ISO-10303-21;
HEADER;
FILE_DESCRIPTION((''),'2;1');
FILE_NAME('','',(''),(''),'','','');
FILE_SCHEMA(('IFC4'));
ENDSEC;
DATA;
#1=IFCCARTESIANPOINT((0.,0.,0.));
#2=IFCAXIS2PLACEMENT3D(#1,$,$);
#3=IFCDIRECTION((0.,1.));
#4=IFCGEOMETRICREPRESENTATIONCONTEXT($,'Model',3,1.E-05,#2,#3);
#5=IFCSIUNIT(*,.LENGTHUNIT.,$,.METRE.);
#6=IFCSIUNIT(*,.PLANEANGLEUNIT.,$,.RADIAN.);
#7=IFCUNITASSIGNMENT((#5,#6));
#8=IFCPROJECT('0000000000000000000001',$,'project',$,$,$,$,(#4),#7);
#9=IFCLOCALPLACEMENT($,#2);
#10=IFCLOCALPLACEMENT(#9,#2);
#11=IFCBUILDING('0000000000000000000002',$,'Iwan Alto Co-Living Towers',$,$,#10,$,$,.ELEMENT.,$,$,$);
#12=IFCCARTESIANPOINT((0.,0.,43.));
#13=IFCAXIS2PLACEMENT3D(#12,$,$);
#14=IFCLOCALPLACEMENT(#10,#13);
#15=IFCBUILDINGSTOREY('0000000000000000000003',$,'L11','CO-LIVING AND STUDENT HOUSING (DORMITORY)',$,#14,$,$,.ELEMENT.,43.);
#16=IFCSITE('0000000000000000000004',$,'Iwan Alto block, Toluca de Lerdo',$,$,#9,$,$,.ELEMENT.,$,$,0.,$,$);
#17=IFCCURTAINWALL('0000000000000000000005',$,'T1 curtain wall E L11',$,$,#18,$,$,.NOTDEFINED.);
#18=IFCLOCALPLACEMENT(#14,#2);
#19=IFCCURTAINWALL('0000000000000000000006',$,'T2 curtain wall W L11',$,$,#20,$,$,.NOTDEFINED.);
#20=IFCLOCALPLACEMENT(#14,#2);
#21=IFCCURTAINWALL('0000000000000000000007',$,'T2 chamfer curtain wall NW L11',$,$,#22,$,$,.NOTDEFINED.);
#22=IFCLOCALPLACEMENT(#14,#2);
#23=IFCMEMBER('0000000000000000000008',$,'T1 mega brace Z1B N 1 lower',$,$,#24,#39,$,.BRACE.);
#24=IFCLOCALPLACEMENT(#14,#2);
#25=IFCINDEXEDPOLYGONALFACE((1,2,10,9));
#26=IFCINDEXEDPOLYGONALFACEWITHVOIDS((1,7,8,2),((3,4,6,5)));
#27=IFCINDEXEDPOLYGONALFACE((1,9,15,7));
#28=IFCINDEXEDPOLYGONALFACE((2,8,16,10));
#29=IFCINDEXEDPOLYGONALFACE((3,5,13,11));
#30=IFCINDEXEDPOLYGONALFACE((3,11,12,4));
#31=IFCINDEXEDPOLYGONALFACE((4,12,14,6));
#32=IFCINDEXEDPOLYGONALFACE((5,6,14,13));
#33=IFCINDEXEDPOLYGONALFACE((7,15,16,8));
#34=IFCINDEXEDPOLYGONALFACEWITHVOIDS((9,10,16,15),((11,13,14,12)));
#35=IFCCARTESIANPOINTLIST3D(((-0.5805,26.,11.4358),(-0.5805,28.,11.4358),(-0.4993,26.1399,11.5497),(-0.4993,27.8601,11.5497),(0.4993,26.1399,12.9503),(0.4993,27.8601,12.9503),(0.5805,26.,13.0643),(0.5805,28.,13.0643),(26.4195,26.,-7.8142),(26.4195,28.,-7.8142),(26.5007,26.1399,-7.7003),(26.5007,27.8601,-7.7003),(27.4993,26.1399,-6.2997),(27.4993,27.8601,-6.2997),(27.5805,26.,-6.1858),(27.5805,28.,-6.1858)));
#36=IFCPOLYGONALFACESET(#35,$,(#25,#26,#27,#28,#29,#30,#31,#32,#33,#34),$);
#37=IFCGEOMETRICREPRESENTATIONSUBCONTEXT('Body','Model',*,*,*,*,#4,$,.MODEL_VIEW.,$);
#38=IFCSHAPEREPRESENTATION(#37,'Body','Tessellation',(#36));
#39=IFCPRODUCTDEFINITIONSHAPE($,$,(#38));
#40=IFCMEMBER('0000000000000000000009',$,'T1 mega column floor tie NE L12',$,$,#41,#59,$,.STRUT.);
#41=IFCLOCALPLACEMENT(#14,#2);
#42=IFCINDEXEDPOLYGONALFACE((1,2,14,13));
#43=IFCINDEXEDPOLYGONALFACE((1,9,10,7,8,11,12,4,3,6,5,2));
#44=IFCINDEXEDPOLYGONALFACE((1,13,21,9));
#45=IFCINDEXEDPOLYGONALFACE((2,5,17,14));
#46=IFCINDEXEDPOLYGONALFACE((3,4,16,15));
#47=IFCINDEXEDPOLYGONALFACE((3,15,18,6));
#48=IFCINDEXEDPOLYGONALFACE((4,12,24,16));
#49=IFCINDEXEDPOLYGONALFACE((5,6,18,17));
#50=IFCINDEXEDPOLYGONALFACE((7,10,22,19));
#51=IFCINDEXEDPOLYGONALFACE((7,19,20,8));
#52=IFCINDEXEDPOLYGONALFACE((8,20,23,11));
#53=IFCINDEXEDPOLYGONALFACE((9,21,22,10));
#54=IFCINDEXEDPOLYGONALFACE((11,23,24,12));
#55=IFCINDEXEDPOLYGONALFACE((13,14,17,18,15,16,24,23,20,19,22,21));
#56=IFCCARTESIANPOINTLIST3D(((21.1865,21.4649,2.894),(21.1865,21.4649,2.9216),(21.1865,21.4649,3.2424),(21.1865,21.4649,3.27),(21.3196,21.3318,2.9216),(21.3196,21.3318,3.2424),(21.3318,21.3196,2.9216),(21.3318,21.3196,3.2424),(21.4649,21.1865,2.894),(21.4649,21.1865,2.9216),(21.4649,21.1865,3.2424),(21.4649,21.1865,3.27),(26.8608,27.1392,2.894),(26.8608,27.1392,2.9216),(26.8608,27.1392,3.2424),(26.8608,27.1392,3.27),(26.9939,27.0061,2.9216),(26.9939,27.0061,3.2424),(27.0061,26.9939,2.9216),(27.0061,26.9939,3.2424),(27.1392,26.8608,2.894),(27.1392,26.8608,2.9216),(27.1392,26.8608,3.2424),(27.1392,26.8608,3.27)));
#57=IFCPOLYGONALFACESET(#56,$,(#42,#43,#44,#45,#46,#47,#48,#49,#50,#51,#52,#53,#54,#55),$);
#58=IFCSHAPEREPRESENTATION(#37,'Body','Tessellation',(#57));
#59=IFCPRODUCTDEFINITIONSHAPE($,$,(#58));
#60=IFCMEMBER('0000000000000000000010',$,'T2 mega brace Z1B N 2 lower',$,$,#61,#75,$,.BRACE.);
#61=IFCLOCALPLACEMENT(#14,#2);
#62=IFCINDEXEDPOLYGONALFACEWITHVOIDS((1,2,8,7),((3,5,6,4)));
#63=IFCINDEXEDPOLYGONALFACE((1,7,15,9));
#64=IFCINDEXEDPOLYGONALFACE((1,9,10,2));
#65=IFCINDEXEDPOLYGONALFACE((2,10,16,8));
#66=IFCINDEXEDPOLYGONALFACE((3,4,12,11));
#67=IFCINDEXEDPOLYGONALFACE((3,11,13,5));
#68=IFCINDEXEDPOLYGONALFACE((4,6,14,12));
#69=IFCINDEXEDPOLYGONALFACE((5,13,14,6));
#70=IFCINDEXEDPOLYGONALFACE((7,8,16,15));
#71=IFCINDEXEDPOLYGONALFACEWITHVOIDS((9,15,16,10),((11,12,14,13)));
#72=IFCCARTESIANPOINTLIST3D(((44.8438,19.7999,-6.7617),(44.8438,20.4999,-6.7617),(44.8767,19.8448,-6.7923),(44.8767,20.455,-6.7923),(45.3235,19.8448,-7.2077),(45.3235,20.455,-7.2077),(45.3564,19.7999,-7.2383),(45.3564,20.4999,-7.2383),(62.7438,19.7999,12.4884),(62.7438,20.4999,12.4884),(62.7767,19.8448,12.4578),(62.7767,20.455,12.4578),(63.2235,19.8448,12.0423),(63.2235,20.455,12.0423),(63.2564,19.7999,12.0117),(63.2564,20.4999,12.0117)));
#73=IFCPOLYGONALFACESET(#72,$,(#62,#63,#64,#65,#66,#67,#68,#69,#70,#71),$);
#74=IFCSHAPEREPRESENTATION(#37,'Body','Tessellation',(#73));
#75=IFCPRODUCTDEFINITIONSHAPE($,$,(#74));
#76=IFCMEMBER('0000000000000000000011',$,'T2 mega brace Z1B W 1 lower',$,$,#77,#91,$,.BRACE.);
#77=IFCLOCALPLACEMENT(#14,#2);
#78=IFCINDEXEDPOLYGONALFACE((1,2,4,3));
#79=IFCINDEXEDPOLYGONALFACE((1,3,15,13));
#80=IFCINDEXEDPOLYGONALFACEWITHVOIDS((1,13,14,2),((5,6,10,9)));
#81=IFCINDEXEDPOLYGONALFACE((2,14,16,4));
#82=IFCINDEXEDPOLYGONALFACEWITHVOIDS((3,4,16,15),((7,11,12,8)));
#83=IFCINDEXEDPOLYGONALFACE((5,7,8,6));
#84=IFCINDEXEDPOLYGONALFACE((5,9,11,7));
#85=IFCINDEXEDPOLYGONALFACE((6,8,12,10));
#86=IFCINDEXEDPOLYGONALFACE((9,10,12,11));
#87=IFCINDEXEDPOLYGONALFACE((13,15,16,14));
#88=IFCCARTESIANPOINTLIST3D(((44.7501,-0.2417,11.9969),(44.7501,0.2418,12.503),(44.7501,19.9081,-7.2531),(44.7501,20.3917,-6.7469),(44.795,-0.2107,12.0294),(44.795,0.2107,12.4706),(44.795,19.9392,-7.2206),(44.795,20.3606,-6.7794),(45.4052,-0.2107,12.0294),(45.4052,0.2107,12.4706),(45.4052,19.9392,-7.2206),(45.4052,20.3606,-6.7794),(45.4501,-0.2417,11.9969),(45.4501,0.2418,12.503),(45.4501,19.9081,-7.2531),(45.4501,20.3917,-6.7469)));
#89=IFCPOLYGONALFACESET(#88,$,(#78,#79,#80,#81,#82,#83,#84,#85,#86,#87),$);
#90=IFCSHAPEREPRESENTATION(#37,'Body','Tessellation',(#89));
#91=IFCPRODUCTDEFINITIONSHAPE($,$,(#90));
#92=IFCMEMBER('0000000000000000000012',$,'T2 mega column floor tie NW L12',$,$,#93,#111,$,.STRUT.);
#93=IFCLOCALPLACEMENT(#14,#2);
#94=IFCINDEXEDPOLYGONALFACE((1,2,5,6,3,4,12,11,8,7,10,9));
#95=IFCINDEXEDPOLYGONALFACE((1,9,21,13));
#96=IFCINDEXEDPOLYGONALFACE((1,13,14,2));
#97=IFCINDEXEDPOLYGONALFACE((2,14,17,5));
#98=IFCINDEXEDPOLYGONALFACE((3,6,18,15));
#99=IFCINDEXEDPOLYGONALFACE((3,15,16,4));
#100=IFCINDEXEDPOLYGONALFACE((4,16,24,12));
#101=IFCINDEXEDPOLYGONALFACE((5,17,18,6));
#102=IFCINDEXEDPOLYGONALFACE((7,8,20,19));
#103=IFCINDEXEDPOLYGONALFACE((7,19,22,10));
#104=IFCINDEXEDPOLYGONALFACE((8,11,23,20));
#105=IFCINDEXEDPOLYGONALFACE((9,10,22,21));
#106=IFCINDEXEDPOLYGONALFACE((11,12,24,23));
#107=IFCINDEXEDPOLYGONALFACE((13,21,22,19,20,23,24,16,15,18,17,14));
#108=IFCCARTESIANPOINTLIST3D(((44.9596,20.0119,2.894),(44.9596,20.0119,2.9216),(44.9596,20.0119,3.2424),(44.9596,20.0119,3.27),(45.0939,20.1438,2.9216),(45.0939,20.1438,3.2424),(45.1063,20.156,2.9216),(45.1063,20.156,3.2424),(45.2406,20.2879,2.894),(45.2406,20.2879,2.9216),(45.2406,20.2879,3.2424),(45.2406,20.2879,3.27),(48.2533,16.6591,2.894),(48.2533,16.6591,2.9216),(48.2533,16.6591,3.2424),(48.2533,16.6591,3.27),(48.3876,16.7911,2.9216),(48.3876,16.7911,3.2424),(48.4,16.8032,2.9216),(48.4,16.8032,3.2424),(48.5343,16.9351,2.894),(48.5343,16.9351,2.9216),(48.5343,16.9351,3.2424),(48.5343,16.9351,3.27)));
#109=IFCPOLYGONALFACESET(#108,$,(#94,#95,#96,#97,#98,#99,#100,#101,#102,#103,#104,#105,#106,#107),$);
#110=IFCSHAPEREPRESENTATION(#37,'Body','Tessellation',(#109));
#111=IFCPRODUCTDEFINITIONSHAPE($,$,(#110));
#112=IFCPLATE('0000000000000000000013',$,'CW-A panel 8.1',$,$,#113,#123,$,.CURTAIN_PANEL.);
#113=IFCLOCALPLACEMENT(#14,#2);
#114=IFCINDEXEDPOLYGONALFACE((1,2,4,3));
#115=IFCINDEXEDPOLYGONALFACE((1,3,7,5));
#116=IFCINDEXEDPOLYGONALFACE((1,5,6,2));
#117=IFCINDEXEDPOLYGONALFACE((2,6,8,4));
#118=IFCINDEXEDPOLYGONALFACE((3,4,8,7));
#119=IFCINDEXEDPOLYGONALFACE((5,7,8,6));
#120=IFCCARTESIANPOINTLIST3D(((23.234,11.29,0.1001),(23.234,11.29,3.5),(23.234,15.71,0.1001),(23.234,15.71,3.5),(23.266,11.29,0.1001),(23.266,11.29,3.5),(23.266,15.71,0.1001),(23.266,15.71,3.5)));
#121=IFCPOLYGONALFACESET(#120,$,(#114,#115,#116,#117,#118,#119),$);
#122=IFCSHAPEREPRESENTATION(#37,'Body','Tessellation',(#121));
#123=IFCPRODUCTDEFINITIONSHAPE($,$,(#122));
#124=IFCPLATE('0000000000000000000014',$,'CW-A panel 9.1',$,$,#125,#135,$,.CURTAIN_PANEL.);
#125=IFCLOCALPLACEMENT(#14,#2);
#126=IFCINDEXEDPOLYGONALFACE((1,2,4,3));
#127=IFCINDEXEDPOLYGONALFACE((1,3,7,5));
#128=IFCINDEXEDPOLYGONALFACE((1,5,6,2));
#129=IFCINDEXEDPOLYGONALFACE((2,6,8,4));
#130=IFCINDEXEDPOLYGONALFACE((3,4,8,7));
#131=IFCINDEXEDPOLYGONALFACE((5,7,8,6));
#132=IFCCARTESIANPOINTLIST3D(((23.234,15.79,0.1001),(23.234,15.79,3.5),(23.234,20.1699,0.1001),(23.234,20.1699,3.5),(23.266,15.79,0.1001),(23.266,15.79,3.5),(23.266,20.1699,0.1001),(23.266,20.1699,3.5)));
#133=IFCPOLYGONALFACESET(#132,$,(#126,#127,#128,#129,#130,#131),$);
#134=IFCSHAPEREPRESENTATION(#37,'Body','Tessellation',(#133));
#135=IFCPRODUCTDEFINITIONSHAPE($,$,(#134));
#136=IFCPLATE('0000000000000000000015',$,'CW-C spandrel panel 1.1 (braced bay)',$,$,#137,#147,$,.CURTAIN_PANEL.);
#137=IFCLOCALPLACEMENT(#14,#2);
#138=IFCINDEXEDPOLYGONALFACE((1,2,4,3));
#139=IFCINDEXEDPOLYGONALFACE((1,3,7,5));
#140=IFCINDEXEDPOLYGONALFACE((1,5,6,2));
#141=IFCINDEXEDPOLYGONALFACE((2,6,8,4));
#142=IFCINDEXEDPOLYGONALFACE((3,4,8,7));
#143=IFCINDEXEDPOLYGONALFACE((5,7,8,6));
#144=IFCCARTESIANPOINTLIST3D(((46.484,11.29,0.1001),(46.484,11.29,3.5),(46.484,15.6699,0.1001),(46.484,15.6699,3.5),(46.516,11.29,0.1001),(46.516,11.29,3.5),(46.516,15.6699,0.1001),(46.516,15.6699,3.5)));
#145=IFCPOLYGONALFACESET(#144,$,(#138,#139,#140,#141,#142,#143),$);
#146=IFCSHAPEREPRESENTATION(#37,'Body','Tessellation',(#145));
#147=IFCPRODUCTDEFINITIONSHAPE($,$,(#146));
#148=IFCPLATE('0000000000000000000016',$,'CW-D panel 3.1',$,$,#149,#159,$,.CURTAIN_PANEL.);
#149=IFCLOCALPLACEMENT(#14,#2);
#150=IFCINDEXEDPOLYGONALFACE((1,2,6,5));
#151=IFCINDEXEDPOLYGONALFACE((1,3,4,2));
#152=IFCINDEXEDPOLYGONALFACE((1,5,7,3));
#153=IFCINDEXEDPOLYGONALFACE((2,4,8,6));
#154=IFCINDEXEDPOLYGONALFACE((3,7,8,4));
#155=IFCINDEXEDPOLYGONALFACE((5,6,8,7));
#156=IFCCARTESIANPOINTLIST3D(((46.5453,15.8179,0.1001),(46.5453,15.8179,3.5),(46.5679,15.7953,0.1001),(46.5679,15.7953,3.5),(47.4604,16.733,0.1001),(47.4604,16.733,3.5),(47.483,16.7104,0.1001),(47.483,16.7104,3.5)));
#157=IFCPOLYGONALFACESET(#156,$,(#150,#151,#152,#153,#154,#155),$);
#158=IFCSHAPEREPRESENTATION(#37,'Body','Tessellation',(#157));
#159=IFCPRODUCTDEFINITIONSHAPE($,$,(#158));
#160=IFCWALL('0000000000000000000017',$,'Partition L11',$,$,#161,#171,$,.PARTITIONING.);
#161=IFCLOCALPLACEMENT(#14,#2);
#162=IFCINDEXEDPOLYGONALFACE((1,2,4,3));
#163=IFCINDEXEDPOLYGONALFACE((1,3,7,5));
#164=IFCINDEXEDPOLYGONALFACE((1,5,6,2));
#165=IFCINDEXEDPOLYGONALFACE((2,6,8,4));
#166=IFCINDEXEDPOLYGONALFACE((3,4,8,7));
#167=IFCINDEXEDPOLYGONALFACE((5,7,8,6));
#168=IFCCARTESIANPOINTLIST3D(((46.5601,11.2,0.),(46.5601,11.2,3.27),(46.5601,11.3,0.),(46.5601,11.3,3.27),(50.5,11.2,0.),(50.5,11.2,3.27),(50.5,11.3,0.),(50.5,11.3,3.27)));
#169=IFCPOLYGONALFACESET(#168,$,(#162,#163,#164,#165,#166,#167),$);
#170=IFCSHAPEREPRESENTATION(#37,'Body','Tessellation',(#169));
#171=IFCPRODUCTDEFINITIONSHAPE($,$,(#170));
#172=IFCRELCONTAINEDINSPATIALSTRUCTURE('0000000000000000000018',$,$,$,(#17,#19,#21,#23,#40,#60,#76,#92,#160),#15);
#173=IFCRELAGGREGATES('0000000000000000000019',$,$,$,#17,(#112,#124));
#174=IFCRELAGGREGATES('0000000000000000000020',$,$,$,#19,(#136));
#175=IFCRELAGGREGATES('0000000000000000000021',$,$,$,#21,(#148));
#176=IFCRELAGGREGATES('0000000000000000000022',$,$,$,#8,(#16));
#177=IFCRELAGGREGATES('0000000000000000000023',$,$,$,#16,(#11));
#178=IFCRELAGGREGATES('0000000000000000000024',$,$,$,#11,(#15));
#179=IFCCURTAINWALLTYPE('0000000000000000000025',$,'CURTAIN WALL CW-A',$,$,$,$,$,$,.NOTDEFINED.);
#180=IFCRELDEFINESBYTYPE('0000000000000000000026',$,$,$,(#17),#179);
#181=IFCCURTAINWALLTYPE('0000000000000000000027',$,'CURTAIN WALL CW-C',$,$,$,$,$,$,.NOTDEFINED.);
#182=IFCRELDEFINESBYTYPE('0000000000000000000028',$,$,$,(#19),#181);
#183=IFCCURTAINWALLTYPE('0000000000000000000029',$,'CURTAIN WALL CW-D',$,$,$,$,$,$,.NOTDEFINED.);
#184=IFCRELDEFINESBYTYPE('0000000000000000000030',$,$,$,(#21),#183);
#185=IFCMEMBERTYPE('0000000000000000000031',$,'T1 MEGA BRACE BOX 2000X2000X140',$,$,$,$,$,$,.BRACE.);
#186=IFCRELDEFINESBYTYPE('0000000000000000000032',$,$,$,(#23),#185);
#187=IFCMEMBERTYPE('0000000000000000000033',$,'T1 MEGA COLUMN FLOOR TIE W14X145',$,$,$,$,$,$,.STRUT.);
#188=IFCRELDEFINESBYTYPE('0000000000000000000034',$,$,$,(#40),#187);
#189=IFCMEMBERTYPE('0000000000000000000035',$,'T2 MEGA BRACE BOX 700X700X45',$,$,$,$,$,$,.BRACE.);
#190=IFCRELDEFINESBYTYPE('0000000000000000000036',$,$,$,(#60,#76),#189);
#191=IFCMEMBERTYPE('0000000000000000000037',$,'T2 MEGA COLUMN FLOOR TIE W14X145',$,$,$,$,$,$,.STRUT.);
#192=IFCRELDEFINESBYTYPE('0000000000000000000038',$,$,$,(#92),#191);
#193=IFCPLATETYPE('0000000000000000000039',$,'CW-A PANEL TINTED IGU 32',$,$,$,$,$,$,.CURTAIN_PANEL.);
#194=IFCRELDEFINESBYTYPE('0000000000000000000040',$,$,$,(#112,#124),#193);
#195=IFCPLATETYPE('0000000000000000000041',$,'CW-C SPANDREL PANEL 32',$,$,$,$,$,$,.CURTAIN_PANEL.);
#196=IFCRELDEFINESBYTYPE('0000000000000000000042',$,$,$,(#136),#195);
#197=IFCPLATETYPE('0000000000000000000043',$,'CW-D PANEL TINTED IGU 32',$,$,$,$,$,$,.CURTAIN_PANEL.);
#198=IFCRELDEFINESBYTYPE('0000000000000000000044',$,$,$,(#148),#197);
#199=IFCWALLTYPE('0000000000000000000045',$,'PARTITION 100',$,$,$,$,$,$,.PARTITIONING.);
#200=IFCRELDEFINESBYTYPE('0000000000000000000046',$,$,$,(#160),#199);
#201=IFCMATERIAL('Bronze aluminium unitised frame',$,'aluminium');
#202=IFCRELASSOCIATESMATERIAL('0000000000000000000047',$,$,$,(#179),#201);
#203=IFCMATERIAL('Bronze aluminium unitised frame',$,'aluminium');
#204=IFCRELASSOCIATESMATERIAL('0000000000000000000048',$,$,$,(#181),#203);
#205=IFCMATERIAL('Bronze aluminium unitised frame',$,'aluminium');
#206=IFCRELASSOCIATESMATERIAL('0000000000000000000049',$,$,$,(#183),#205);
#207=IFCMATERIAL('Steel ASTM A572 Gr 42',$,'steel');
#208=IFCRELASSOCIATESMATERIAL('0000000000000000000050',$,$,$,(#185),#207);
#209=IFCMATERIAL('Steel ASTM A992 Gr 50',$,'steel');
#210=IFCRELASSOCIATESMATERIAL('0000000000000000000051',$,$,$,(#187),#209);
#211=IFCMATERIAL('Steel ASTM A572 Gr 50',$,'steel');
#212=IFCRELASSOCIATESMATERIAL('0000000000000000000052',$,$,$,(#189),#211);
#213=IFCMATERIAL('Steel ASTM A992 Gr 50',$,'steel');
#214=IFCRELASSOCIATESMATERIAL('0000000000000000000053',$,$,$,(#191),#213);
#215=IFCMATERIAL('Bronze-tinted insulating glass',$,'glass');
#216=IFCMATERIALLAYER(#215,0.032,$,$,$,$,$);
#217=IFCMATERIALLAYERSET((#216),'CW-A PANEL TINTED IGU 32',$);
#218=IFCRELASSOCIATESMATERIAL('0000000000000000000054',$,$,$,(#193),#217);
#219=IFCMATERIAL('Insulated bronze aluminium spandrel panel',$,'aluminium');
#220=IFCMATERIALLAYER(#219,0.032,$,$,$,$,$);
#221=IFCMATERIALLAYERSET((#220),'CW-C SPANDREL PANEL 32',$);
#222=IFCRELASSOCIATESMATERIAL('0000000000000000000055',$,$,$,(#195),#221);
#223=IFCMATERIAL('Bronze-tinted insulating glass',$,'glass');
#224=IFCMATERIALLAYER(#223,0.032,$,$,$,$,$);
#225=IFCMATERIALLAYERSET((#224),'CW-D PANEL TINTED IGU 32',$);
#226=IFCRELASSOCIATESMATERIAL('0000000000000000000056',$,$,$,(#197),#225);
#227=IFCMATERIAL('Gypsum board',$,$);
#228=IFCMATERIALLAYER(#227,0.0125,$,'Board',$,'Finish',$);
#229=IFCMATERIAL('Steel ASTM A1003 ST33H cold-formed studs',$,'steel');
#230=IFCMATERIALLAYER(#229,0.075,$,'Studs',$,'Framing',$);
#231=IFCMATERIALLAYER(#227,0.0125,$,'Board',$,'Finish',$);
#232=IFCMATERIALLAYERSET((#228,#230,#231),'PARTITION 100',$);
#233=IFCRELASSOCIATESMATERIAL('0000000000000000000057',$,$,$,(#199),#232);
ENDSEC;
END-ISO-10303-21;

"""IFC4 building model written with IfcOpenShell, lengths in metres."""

from ifc_helpers import new_model, si_unit, direction, frame, frame_2d, origin, origin_2d, place, context, subcontext, project, spatial, rectangle, hollow_rectangle, i_section, extrude, material, layer, layer_set, material_profile, profile_set, type_object, element, aggregate, save


model = new_model("IFC4")

# Units and contexts
model_context = context("Model", 3, precision=1e-05, world=origin(), true_north=direction((0.0, 1.0)))
body_context = subcontext(model_context, "Body", "Model", "MODEL_VIEW")
ifc_project = project(units=[si_unit("LENGTHUNIT", "METRE"), si_unit("PLANEANGLEUNIT", "RADIAN")], contexts=[model_context])

# Site, building, storey
site_placement = place(None, origin())
site = spatial("IfcSite", under=ifc_project, at=site_placement, Name="Iwan Alto block, Toluca de Lerdo", CompositionType="ELEMENT", RefElevation=0.0)
building_placement = place(site_placement, origin())
building = spatial("IfcBuilding", under=site, at=building_placement, Name="Iwan Alto Co-Living Towers", CompositionType="ELEMENT")
storey_placement = place(building_placement, frame((0.0, 0.0, 43.0)))
storey = spatial("IfcBuildingStorey", under=building, at=storey_placement, Name="L11", Description="CO-LIVING AND STUDENT HOUSING (DORMITORY)", CompositionType="ELEMENT", Elevation=43.0)

# Curtain walls
ifc_material_1 = material(Name="Bronze aluminium unitised frame", Category="aluminium")
curtain_wall_type_1 = type_object("IfcCurtainWallType", Name="CURTAIN WALL CW-A", PredefinedType="NOTDEFINED", material=ifc_material_1)
curtain_wall_1_placement = place(storey_placement, origin())
curtain_wall_1 = element("IfcCurtainWall", 1, at=curtain_wall_1_placement, inside=storey, type_object=curtain_wall_type_1, Name="T1 curtain wall E L11", PredefinedType="NOTDEFINED")
ifc_material_2 = material(Name="Bronze aluminium unitised frame", Category="aluminium")
curtain_wall_type_2 = type_object("IfcCurtainWallType", Name="CURTAIN WALL CW-C", PredefinedType="NOTDEFINED", material=ifc_material_2)
curtain_wall_2_placement = place(storey_placement, origin())
curtain_wall_2 = element("IfcCurtainWall", 2, at=curtain_wall_2_placement, inside=storey, type_object=curtain_wall_type_2, Name="T2 curtain wall W L11", PredefinedType="NOTDEFINED")

# Curtain wall
ifc_material_3 = material(Name="Bronze aluminium unitised frame", Category="aluminium")
curtain_wall_type_3 = type_object("IfcCurtainWallType", Name="CURTAIN WALL CW-D", PredefinedType="NOTDEFINED", material=ifc_material_3)
curtain_wall_3_placement = place(storey_placement, origin())
curtain_wall_3 = element("IfcCurtainWall", 3, at=curtain_wall_3_placement, inside=storey, type_object=curtain_wall_type_3, Name="T2 chamfer curtain wall NW L11", PredefinedType="NOTDEFINED")

# Members
ifc_material_4 = material(Name="Steel ASTM A572 Gr 42", Category="steel")
ifc_material_profile_1 = material_profile(ifc_material_4, hollow_rectangle(XDim=2.0, YDim=2.0, WallThickness=0.1399, at=origin_2d()), Name="BOX 2000X2000X140")
ifc_profile_set_1 = profile_set([ifc_material_profile_1], Name="Steel ASTM A572 Gr 42")
member_type_1 = type_object("IfcMemberType", Name="T1 MEGA BRACE BOX 2000X2000X140", PredefinedType="BRACE", material=ifc_profile_set_1)
for number, where, z_axis, x_axis, name in (
    (4, (27.0, 27.0, -7.0), (-0.814243, 0.0, 0.580525), (0.0, -1.0, 0.0), "T1 mega brace Z1B N 1 lower"),
):
    element("IfcMember", number, at=place(storey_placement, frame(where, z_axis=z_axis, x_axis=x_axis)), inside=storey, type_object=member_type_1, Name=name, PredefinedType="BRACE", context=body_context, shape_type="SweptSolid", body=[
        extrude(hollow_rectangle(XDim=2.0, YDim=2.0, WallThickness=0.1399, at=origin_2d()), origin(), (0.0, 0.0, 1.0), 33.1597),
    ])
ifc_material_5 = material(Name="Steel ASTM A992 Gr 50", Category="steel")
ifc_material_profile_2 = material_profile(ifc_material_5, i_section(OverallWidth=0.3938, OverallDepth=0.376, WebThickness=0.0173, FlangeThickness=0.0276, at=origin_2d()), Name="W14X145")
ifc_profile_set_2 = profile_set([ifc_material_profile_2], Name="Steel ASTM A992 Gr 50")
member_type_2 = type_object("IfcMemberType", Name="T1 MEGA COLUMN FLOOR TIE W14X145", PredefinedType="STRUT", material=ifc_profile_set_2)
member_1_placement = place(storey_placement, frame((27.0, 27.0, 3.082), z_axis=(-0.707107, -0.707107, 0.0), x_axis=(0.707107, -0.707107, 0.0)))
element("IfcMember", 5, at=member_1_placement, inside=storey, type_object=member_type_2, Name="T1 mega column floor tie NE L12", PredefinedType="STRUT", context=body_context, shape_type="SweptSolid", body=[
    extrude(i_section(OverallWidth=0.3938, OverallDepth=0.376, WebThickness=0.0173, FlangeThickness=0.0276, at=origin_2d()), origin(), (0.0, 0.0, 1.0), 8.0247),
])
ifc_material_6 = material(Name="Steel ASTM A572 Gr 50", Category="steel")
ifc_material_profile_3 = material_profile(ifc_material_6, hollow_rectangle(XDim=0.7, YDim=0.7, WallThickness=0.0449, at=origin_2d()), Name="BOX 700X700X45")
ifc_profile_set_3 = profile_set([ifc_material_profile_3], Name="Steel ASTM A572 Gr 50")
member_type_3 = type_object("IfcMemberType", Name="T2 MEGA BRACE BOX 700X700X45", PredefinedType="BRACE", material=ifc_profile_set_3)
member_2_placement = place(storey_placement, frame((45.1001, 20.1499, -7.0), z_axis=(0.68096, 0.0, 0.732321), x_axis=(0.0, 1.0, 0.0)))
element("IfcMember", 6, at=member_2_placement, inside=storey, type_object=member_type_3, Name="T2 mega brace Z1B N 2 lower", PredefinedType="BRACE", context=body_context, shape_type="SweptSolid", body=[
    extrude(hollow_rectangle(XDim=0.7, YDim=0.7, WallThickness=0.0449, at=origin_2d()), origin(), (0.0, 0.0, 1.0), 26.2864),
])
member_3_placement = place(storey_placement, frame((45.1001, 20.1499, -7.0), z_axis=(0.0, -0.723069, 0.690776), x_axis=(1.0, 0.0, 0.0)))
element("IfcMember", 7, at=member_3_placement, inside=storey, type_object=member_type_3, Name="T2 mega brace Z1B W 1 lower", PredefinedType="BRACE", context=body_context, shape_type="SweptSolid", body=[
    extrude(hollow_rectangle(XDim=0.7, YDim=0.7, WallThickness=0.0449, at=origin_2d()), origin(), (0.0, 0.0, 1.0), 27.8672),
])
ifc_material_7 = material(Name="Steel ASTM A992 Gr 50", Category="steel")
ifc_material_profile_4 = material_profile(ifc_material_7, i_section(OverallWidth=0.3938, OverallDepth=0.376, WebThickness=0.0173, FlangeThickness=0.0276, at=origin_2d()), Name="W14X145")
ifc_profile_set_4 = profile_set([ifc_material_profile_4], Name="Steel ASTM A992 Gr 50")
member_type_4 = type_object("IfcMemberType", Name="T2 MEGA COLUMN FLOOR TIE W14X145", PredefinedType="STRUT", material=ifc_profile_set_4)
member_4_placement = place(storey_placement, frame((45.1001, 20.1499, 3.082), z_axis=(0.700793, -0.713364, 0.0), x_axis=(0.713364, 0.700793, 0.0)))
element("IfcMember", 8, at=member_4_placement, inside=storey, type_object=member_type_4, Name="T2 mega column floor tie NW L12", PredefinedType="STRUT", context=body_context, shape_type="SweptSolid", body=[
    extrude(i_section(OverallWidth=0.3938, OverallDepth=0.376, WebThickness=0.0173, FlangeThickness=0.0276, at=origin_2d()), origin(), (0.0, 0.0, 1.0), 4.7),
])

# Plates
ifc_material_8 = material(Name="Bronze-tinted insulating glass", Category="glass")
ifc_layer_1 = layer(ifc_material_8, 0.032)
ifc_layer_set_1 = layer_set([ifc_layer_1], Name="CW-A PANEL TINTED IGU 32")
plate_type_1 = type_object("IfcPlateType", Name="CW-A PANEL TINTED IGU 32", PredefinedType="CURTAIN_PANEL", material=ifc_layer_set_1)
plate_1_placement = place(storey_placement, frame((23.25, 13.5, 0.1001), z_axis=(0.0, 0.0, 1.0), x_axis=(0.0, 1.0, 0.0)))
plate_1 = element("IfcPlate", 9, at=plate_1_placement, type_object=plate_type_1, Name="CW-A panel 8.1", PredefinedType="CURTAIN_PANEL", context=body_context, shape_type="SweptSolid", body=[
    extrude(rectangle(XDim=4.4199, YDim=0.032, at=origin_2d()), origin(), (0.0, 0.0, 1.0), 3.3999),
])
plate_2_placement = place(storey_placement, frame((23.25, 17.98, 0.1001), z_axis=(0.0, 0.0, 1.0), x_axis=(0.0, 1.0, 0.0)))
plate_2 = element("IfcPlate", 10, at=plate_2_placement, type_object=plate_type_1, Name="CW-A panel 9.1", PredefinedType="CURTAIN_PANEL", context=body_context, shape_type="SweptSolid", body=[
    extrude(rectangle(XDim=4.3799, YDim=0.032, at=origin_2d()), origin(), (0.0, 0.0, 1.0), 3.3999),
])
aggregate(curtain_wall_1, [plate_1, plate_2])
ifc_material_9 = material(Name="Insulated bronze aluminium spandrel panel", Category="aluminium")
ifc_layer_2 = layer(ifc_material_9, 0.032)
ifc_layer_set_2 = layer_set([ifc_layer_2], Name="CW-C SPANDREL PANEL 32")
plate_type_2 = type_object("IfcPlateType", Name="CW-C SPANDREL PANEL 32", PredefinedType="CURTAIN_PANEL", material=ifc_layer_set_2)
plate_3_placement = place(storey_placement, frame((46.5, 13.48, 0.1001), z_axis=(0.0, 0.0, 1.0), x_axis=(0.0, -1.0, 0.0)))
plate_3 = element("IfcPlate", 11, at=plate_3_placement, type_object=plate_type_2, Name="CW-C spandrel panel 1.1 (braced bay)", PredefinedType="CURTAIN_PANEL", context=body_context, shape_type="SweptSolid", body=[
    extrude(rectangle(XDim=4.3799, YDim=0.032, at=origin_2d()), origin(), (0.0, 0.0, 1.0), 3.3999),
])
aggregate(curtain_wall_2, [plate_3])
ifc_material_10 = material(Name="Bronze-tinted insulating glass", Category="glass")
ifc_layer_3 = layer(ifc_material_10, 0.032)
ifc_layer_set_3 = layer_set([ifc_layer_3], Name="CW-D PANEL TINTED IGU 32")
plate_type_3 = type_object("IfcPlateType", Name="CW-D PANEL TINTED IGU 32", PredefinedType="CURTAIN_PANEL", material=ifc_layer_set_3)
plate_4_placement = place(storey_placement, frame((47.0142, 16.2642, 0.1001), z_axis=(0.0, 0.0, 1.0), x_axis=(-0.707107, -0.707107, 0.0)))
plate_4 = element("IfcPlate", 12, at=plate_4_placement, type_object=plate_type_3, Name="CW-D panel 3.1", PredefinedType="CURTAIN_PANEL", context=body_context, shape_type="SweptSolid", body=[
    extrude(rectangle(XDim=1.2942, YDim=0.032, at=origin_2d()), origin(), (0.0, 0.0, 1.0), 3.3999),
])
aggregate(curtain_wall_3, [plate_4])

# Wall
ifc_material_11 = material(Name="Gypsum board")
ifc_layer_4 = layer(ifc_material_11, 0.0125, Name="Board", Category="Finish")
ifc_material_12 = material(Name="Steel ASTM A1003 ST33H cold-formed studs", Category="steel")
ifc_layer_5 = layer(ifc_material_12, 0.075, Name="Studs", Category="Framing")
ifc_layer_6 = layer(ifc_material_11, 0.0125, Name="Board", Category="Finish")
ifc_layer_set_4 = layer_set([ifc_layer_4, ifc_layer_5, ifc_layer_6], Name="PARTITION 100")
wall_type = type_object("IfcWallType", Name="PARTITION 100", PredefinedType="PARTITIONING", material=ifc_layer_set_4)
wall_placement = place(storey_placement, frame((46.5601, 11.25, 0.0), z_axis=(0.0, 0.0, 1.0), x_axis=(1.0, 0.0, 0.0)))
element("IfcWall", 13, at=wall_placement, inside=storey, type_object=wall_type, Name="Partition L11", PredefinedType="PARTITIONING", context=body_context, shape_type="SweptSolid", body=[
    extrude(rectangle(XDim=3.9399, YDim=0.1001, at=frame_2d((1.97, 0.0))), origin(), (0.0, 0.0, 1.0), 3.27),
])

save(model, "model.ifc")
